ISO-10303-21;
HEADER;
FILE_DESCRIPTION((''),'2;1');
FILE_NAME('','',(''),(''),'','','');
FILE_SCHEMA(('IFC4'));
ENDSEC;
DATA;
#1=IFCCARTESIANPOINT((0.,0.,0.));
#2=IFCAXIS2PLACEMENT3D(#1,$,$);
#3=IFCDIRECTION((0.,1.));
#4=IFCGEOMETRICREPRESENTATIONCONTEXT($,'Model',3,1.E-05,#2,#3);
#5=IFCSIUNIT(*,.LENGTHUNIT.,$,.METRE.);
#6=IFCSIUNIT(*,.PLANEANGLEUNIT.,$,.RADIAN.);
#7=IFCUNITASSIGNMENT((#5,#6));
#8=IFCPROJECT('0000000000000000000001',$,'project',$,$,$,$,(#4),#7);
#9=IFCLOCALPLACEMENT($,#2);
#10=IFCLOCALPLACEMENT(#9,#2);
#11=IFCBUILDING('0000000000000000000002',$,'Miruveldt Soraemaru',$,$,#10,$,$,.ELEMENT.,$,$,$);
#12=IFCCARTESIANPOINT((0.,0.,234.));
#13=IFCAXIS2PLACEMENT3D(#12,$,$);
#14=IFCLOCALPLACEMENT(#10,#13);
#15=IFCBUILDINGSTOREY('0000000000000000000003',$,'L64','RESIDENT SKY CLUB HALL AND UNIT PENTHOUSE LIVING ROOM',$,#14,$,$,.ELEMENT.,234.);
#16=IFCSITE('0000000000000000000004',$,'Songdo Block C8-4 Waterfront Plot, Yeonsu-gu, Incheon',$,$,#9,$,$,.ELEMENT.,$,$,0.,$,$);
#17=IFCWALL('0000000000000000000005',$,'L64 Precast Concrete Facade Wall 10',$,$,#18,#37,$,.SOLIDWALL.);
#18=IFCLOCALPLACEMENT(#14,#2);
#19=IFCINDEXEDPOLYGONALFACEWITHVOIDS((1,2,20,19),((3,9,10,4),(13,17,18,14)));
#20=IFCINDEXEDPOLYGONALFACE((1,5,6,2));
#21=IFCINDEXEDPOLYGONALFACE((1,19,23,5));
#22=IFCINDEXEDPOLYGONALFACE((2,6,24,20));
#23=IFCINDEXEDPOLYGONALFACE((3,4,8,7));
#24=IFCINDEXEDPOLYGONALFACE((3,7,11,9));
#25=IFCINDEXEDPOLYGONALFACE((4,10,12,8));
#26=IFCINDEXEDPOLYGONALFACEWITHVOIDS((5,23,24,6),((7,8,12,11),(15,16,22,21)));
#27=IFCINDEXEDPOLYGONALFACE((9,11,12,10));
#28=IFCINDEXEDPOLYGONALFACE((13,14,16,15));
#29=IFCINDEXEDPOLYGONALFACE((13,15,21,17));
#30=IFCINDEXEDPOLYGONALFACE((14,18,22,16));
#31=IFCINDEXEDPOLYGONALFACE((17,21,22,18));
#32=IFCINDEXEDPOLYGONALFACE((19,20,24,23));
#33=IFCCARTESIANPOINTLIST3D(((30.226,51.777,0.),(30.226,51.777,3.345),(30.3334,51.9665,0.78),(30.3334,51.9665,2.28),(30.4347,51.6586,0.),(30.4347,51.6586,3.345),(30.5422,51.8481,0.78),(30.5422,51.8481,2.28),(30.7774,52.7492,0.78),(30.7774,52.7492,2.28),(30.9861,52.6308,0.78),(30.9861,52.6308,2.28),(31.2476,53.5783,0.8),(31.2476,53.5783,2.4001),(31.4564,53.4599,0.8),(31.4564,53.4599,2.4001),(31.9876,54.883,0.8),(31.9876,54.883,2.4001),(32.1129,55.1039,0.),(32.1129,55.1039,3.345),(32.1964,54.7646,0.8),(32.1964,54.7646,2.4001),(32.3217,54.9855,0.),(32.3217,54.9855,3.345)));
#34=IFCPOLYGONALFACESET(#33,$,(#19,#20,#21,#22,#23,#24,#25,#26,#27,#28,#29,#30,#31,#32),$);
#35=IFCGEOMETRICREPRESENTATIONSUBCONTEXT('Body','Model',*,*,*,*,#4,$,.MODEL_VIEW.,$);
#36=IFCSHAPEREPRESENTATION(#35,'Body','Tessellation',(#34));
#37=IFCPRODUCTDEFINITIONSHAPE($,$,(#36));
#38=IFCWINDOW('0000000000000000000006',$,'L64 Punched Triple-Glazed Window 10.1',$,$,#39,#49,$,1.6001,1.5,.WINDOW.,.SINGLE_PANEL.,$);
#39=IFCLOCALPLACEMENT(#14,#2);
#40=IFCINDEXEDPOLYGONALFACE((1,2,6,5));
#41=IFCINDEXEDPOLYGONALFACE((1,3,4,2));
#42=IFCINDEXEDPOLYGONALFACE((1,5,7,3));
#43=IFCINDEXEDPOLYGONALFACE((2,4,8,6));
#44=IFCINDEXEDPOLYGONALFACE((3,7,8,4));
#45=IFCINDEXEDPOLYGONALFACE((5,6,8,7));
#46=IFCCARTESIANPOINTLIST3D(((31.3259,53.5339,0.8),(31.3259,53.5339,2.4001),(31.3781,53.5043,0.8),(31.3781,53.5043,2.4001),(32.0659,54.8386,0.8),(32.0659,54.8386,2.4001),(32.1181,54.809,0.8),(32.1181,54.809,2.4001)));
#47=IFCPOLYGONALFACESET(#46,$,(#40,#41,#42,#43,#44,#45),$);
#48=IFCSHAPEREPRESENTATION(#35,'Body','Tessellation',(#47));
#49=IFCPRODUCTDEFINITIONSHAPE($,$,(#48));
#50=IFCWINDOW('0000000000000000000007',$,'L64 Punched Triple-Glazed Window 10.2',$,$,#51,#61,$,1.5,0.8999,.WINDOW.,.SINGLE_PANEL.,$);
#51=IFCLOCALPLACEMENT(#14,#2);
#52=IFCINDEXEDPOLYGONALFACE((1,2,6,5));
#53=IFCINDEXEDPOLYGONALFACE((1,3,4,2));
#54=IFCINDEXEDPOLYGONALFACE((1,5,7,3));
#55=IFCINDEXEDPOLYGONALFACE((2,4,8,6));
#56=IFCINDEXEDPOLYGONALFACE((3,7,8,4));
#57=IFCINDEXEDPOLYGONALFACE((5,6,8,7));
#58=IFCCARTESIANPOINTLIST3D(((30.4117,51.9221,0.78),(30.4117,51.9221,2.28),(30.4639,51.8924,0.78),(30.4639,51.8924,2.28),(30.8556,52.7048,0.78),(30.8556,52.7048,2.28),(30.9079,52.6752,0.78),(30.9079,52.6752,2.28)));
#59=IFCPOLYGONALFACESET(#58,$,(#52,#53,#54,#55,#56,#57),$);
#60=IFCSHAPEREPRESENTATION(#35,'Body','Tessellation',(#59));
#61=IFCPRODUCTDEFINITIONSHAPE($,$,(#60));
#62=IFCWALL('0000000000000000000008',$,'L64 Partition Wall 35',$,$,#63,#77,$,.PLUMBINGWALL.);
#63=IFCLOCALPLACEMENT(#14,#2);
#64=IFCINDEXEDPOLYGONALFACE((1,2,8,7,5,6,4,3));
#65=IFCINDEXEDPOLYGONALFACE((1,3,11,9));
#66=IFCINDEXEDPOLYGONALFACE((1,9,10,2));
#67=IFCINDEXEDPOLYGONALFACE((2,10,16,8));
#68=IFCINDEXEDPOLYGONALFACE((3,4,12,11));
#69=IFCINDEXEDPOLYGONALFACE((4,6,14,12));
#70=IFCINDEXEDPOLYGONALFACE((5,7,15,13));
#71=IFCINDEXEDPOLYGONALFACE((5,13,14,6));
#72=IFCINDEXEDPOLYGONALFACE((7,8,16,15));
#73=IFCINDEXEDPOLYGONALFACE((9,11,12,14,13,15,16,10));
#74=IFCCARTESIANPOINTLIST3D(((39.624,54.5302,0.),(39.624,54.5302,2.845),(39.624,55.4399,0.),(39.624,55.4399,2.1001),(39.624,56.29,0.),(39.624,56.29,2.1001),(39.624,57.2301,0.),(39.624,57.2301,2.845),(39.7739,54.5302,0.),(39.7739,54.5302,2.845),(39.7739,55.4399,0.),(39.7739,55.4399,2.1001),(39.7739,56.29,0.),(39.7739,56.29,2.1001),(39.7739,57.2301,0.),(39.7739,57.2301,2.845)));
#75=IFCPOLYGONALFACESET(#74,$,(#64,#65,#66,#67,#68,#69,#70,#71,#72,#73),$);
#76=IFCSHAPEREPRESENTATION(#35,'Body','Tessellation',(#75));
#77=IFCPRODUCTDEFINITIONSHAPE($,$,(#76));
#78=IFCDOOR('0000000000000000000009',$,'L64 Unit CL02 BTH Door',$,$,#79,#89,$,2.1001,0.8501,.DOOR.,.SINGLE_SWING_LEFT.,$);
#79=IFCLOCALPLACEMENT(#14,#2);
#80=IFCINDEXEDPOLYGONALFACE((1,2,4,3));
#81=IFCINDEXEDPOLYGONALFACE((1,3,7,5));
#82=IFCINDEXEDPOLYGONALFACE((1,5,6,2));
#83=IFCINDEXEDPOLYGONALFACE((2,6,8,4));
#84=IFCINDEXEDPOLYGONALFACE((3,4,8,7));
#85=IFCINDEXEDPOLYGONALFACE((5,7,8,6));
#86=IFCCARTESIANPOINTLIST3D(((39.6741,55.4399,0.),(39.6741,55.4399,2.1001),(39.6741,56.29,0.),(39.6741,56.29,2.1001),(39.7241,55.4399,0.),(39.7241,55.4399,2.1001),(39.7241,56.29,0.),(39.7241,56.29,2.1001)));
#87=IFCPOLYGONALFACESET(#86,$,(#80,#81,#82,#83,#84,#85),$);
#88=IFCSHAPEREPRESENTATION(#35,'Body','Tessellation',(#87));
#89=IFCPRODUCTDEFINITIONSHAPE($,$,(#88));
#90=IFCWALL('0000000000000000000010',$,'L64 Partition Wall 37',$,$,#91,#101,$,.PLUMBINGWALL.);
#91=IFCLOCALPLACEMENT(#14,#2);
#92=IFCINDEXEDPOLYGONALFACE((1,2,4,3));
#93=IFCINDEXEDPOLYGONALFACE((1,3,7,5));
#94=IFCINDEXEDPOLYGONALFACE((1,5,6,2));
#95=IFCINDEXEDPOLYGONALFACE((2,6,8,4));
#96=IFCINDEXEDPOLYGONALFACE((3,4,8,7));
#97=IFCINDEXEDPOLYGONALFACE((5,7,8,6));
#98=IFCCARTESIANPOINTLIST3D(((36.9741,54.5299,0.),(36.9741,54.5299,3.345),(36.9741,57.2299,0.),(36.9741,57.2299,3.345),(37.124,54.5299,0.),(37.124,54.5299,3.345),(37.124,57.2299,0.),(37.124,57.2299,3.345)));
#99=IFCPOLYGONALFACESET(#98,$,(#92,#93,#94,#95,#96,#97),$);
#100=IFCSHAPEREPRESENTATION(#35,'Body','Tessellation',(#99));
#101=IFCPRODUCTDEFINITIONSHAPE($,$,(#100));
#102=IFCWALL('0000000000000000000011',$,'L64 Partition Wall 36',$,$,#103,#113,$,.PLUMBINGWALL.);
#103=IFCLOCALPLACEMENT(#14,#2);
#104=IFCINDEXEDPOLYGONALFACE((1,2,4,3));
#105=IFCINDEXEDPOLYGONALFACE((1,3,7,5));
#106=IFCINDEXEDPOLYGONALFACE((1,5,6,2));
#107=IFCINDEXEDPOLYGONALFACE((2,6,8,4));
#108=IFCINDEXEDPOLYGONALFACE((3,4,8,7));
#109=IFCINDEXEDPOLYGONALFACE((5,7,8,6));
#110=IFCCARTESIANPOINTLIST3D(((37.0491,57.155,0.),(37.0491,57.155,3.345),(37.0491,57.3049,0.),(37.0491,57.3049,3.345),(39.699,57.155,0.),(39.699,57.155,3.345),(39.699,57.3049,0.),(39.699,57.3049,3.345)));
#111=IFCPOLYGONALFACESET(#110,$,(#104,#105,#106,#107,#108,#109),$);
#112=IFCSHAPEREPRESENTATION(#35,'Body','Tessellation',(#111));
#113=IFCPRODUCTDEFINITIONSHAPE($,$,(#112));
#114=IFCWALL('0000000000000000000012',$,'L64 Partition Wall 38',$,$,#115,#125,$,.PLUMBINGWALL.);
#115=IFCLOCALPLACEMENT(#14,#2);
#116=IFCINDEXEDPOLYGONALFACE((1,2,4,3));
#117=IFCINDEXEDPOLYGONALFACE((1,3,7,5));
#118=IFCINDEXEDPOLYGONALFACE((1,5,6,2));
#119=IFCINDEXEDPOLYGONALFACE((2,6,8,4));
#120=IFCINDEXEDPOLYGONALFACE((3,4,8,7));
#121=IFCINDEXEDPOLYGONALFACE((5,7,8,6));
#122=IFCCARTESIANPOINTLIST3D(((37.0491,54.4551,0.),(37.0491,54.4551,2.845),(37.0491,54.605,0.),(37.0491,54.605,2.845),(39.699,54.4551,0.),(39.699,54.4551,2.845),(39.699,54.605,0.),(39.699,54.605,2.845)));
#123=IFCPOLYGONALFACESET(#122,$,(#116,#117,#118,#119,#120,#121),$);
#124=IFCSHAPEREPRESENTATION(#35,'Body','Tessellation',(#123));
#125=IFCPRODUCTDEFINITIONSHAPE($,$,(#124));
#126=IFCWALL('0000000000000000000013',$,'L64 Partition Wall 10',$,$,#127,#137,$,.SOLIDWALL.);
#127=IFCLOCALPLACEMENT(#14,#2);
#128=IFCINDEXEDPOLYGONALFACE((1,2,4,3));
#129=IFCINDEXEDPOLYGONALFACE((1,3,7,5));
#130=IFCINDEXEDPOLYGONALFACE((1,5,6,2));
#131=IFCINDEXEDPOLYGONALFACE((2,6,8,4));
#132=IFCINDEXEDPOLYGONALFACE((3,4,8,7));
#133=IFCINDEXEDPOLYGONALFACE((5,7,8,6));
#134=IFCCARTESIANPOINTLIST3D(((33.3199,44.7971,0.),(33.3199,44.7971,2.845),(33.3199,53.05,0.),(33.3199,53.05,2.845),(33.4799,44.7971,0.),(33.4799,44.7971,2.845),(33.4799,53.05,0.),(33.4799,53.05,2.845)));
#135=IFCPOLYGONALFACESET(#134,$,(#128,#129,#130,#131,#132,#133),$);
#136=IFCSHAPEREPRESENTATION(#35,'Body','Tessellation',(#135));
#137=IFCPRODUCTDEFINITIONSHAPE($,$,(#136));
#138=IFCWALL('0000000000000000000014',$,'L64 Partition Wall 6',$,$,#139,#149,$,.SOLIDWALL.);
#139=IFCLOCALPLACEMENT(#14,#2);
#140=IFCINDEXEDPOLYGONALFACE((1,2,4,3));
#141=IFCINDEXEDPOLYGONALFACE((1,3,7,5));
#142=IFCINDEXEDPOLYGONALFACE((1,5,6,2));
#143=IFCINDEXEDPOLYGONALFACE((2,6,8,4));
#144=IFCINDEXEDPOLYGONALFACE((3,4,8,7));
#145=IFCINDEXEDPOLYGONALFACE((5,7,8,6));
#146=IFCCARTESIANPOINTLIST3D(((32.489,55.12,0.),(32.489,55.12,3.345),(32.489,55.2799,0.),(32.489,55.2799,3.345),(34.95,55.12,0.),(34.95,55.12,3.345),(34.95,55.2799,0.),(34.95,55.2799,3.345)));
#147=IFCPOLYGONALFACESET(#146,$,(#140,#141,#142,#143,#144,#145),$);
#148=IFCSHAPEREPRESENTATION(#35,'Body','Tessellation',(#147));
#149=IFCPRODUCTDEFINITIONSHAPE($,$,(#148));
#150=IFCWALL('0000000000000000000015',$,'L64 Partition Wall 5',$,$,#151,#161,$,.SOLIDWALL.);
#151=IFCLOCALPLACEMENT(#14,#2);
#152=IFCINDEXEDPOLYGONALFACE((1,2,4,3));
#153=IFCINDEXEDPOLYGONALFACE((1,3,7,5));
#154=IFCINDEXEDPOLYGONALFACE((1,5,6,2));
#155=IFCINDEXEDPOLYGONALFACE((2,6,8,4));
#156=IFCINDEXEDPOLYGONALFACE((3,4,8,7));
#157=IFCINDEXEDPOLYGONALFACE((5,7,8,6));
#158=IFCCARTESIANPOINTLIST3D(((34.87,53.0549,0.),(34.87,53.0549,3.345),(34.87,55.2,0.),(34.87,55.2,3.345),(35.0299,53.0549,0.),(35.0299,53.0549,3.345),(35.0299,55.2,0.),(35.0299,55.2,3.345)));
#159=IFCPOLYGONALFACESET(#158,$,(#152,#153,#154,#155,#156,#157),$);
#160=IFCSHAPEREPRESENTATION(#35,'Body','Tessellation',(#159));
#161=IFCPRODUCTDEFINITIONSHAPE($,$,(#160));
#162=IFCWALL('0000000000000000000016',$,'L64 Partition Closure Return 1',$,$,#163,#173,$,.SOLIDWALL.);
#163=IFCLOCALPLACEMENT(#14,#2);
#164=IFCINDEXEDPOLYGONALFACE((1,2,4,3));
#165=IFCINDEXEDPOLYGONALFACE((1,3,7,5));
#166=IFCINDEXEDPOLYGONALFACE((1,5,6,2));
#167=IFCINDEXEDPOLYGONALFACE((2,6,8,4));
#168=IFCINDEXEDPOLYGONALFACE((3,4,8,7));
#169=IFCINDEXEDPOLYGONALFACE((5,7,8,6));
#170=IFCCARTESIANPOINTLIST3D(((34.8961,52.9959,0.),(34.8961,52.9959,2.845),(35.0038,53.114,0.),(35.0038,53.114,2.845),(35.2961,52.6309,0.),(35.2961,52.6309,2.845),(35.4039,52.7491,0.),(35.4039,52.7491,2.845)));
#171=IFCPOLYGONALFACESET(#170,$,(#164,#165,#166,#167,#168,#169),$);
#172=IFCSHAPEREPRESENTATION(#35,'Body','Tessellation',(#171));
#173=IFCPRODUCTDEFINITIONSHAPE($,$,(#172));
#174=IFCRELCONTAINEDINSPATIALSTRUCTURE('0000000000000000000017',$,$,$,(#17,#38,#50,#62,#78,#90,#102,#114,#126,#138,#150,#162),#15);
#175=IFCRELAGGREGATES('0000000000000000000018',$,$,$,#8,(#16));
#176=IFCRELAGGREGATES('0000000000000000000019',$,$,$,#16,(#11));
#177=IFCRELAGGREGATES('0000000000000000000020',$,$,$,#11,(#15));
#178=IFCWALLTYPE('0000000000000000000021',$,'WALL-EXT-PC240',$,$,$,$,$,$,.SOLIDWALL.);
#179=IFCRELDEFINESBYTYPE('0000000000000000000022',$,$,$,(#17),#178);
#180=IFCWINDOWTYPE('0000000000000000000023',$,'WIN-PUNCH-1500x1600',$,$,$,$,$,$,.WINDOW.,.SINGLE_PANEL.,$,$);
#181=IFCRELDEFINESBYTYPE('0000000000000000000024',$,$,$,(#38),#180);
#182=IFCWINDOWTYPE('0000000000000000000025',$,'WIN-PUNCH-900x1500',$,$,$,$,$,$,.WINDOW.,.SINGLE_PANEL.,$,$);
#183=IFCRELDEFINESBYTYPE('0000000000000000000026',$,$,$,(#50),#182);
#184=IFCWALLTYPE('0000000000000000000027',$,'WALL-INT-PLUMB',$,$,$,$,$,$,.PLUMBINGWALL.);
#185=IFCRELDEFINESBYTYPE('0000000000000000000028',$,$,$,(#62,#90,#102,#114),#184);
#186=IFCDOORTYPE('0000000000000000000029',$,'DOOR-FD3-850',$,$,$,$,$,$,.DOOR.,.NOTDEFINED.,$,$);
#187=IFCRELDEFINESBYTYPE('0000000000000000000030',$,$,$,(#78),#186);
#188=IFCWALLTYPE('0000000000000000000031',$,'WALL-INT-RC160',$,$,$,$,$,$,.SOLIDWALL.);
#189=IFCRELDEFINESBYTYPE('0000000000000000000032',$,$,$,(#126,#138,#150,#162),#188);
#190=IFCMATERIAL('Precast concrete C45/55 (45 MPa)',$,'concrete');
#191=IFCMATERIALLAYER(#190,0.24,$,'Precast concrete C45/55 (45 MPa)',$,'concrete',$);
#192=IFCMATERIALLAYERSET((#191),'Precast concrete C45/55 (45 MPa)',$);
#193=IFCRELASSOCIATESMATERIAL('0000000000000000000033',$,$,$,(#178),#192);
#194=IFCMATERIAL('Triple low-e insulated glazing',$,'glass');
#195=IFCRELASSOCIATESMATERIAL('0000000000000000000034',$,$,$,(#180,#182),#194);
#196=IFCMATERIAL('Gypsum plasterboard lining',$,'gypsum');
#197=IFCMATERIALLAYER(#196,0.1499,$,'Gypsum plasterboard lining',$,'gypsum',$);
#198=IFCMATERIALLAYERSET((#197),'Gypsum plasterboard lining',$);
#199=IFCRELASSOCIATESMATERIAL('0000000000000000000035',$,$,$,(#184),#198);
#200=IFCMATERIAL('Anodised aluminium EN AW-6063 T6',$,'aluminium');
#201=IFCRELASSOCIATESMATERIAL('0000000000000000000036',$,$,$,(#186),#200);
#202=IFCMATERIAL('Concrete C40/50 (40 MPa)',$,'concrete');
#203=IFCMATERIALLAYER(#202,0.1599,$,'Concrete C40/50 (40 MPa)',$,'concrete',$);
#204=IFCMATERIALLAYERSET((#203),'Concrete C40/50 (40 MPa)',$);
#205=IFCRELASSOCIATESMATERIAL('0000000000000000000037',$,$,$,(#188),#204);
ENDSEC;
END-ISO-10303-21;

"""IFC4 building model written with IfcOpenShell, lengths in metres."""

from ifc_helpers import new_model, si_unit, direction, frame, frame_2d, origin, place, context, subcontext, project, spatial, rectangle, extrude, material, layer, layer_set, type_object, element, fill, save


model = new_model("IFC4")

# Units and contexts
model_context = context("Model", 3, precision=1e-05, world=origin(), true_north=direction((0.0, 1.0)))
body_context = subcontext(model_context, "Body", "Model", "MODEL_VIEW")
ifc_project = project(units=[si_unit("LENGTHUNIT", "METRE"), si_unit("PLANEANGLEUNIT", "RADIAN")], contexts=[model_context])

# Site, building, storey
site_placement = place(None, origin())
site = spatial("IfcSite", under=ifc_project, at=site_placement, Name="Songdo Block C8-4 Waterfront Plot, Yeonsu-gu, Incheon", CompositionType="ELEMENT", RefElevation=0.0)
building_placement = place(site_placement, origin())
building = spatial("IfcBuilding", under=site, at=building_placement, Name="Miruveldt Soraemaru", CompositionType="ELEMENT")
storey_placement = place(building_placement, frame((0.0, 0.0, 234.0)))
storey = spatial("IfcBuildingStorey", under=building, at=storey_placement, Name="L64", Description="RESIDENT SKY CLUB HALL AND UNIT PENTHOUSE LIVING ROOM", CompositionType="ELEMENT", Elevation=234.0)

# Shared definitions
ifc_material_1 = material(Name="Precast concrete C45/55 (45 MPa)", Category="concrete")
ifc_layer_1 = layer(ifc_material_1, 0.24, Name="Precast concrete C45/55 (45 MPa)", Category="concrete")
ifc_layer_set_1 = layer_set([ifc_layer_1], Name="Precast concrete C45/55 (45 MPa)")
wall_type_1 = type_object("IfcWallType", Name="WALL-EXT-PC240", PredefinedType="SOLIDWALL", material=ifc_layer_set_1)
ifc_material_2 = material(Name="Triple low-e insulated glazing", Category="glass")

# Wall, openings, windows
wall_1_placement = place(storey_placement, frame((32.2173, 55.0447, 0.0), z_axis=(0.0, 0.0, 1.0), x_axis=(-0.493352, -0.86983, 0.0)))
wall_1 = element("IfcWall", 1, at=wall_1_placement, inside=storey, type_object=wall_type_1, Name="L64 Precast Concrete Facade Wall 10", PredefinedType="SOLIDWALL", context=body_context, shape_type="SweptSolid", body=[
    extrude(rectangle(XDim=3.8247, YDim=0.24, at=frame_2d((1.9124, 0.0))), origin(), (0.0, 0.0, 1.0), 3.345),
])
opening_1_placement = place(wall_1_placement, frame((0.2539, 0.0, 0.8)))
opening_1 = element("IfcOpeningElement", 2, at=opening_1_placement, cuts=wall_1, PredefinedType="OPENING", context=body_context, shape_type="SweptSolid", body=[
    extrude(rectangle(XDim=1.5, YDim=1.6001, at=frame_2d((0.75, 0.8))), frame((0.0, 0.1299, 0.0), z_axis=(0.0, -1.0, 0.0), x_axis=(1.0, 0.0, 0.0)), (0.0, 0.0, 1.0), 0.26),
])
opening_2_placement = place(wall_1_placement, frame((2.707, 0.0, 0.78)))
opening_2 = element("IfcOpeningElement", 3, at=opening_2_placement, cuts=wall_1, PredefinedType="OPENING", context=body_context, shape_type="SweptSolid", body=[
    extrude(rectangle(XDim=0.8999, YDim=1.5, at=frame_2d((0.45, 0.75))), frame((0.0, 0.1299, 0.0), z_axis=(0.0, -1.0, 0.0), x_axis=(1.0, 0.0, 0.0)), (0.0, 0.0, 1.0), 0.26),
])
window_type_1 = type_object("IfcWindowType", Name="WIN-PUNCH-1500x1600", PartitioningType="SINGLE_PANEL", PredefinedType="WINDOW", material=ifc_material_2)
window_1_placement = place(opening_1_placement, origin())
window_1 = element("IfcWindow", 4, at=window_1_placement, inside=storey, type_object=window_type_1, Name="L64 Punched Triple-Glazed Window 10.1", OverallHeight=1.6001, OverallWidth=1.5, PartitioningType="SINGLE_PANEL", PredefinedType="WINDOW", context=body_context, shape_type="SweptSolid", body=[
    extrude(rectangle(XDim=1.5, YDim=1.6001, at=frame_2d((0.75, 0.8))), frame((0.0, 0.03, 0.0), z_axis=(0.0, -1.0, 0.0), x_axis=(1.0, 0.0, 0.0)), (0.0, 0.0, 1.0), 0.0601),
])
fill(opening_1, window_1)
window_type_2 = type_object("IfcWindowType", Name="WIN-PUNCH-900x1500", PartitioningType="SINGLE_PANEL", PredefinedType="WINDOW", material=ifc_material_2)
window_2_placement = place(opening_2_placement, origin())
window_2 = element("IfcWindow", 5, at=window_2_placement, inside=storey, type_object=window_type_2, Name="L64 Punched Triple-Glazed Window 10.2", OverallHeight=1.5, OverallWidth=0.8999, PartitioningType="SINGLE_PANEL", PredefinedType="WINDOW", context=body_context, shape_type="SweptSolid", body=[
    extrude(rectangle(XDim=0.8999, YDim=1.5, at=frame_2d((0.45, 0.75))), frame((0.0, 0.03, 0.0), z_axis=(0.0, -1.0, 0.0), x_axis=(1.0, 0.0, 0.0)), (0.0, 0.0, 1.0), 0.0601),
])
fill(opening_2, window_2)

# Wall, opening, door
ifc_material_3 = material(Name="Gypsum plasterboard lining", Category="gypsum")
ifc_layer_2 = layer(ifc_material_3, 0.1499, Name="Gypsum plasterboard lining", Category="gypsum")
ifc_layer_set_2 = layer_set([ifc_layer_2], Name="Gypsum plasterboard lining")
wall_type_2 = type_object("IfcWallType", Name="WALL-INT-PLUMB", PredefinedType="PLUMBINGWALL", material=ifc_layer_set_2)
wall_2_placement = place(storey_placement, frame((39.699, 54.53, 0.0), z_axis=(0.0, 0.0, 1.0), x_axis=(0.0, 1.0, 0.0)))
wall_2 = element("IfcWall", 6, at=wall_2_placement, inside=storey, type_object=wall_type_2, Name="L64 Partition Wall 35", PredefinedType="PLUMBINGWALL", context=body_context, shape_type="SweptSolid", body=[
    extrude(rectangle(XDim=2.7, YDim=0.1499, at=frame_2d((1.3501, 0.0))), origin(), (0.0, 0.0, 1.0), 2.845),
])
opening_3_placement = place(wall_2_placement, frame((0.9099, 0.0, 0.0)))
opening_3 = element("IfcOpeningElement", 7, at=opening_3_placement, cuts=wall_2, PredefinedType="OPENING", context=body_context, shape_type="SweptSolid", body=[
    extrude(rectangle(XDim=0.8501, YDim=2.1001, at=frame_2d((0.425, 1.05))), frame((0.0, 0.085, 0.0), z_axis=(0.0, -1.0, 0.0), x_axis=(1.0, 0.0, 0.0)), (0.0, 0.0, 1.0), 0.1699),
])
ifc_material_4 = material(Name="Anodised aluminium EN AW-6063 T6", Category="aluminium")
door_type_1 = type_object("IfcDoorType", Name="DOOR-FD3-850", OperationType="NOTDEFINED", PredefinedType="DOOR", material=ifc_material_4)
door_1_placement = place(opening_3_placement, origin())
door_1 = element("IfcDoor", 8, at=door_1_placement, inside=storey, type_object=door_type_1, Name="L64 Unit CL02 BTH Door", OperationType="SINGLE_SWING_LEFT", OverallHeight=2.1001, OverallWidth=0.8501, PredefinedType="DOOR", context=body_context, shape_type="SweptSolid", body=[
    extrude(rectangle(XDim=0.8501, YDim=2.1001, at=frame_2d((0.425, 1.05))), frame((0.0, 0.0249, 0.0), z_axis=(0.0, -1.0, 0.0), x_axis=(1.0, 0.0, 0.0)), (0.0, 0.0, 1.0), 0.05),
])
fill(opening_3, door_1)

# Walls
wall_3_placement = place(storey_placement, frame((37.0491, 57.23, 0.0), z_axis=(0.0, 0.0, 1.0), x_axis=(0.0, -1.0, 0.0)))
element("IfcWall", 9, at=wall_3_placement, inside=storey, type_object=wall_type_2, Name="L64 Partition Wall 37", PredefinedType="PLUMBINGWALL", context=body_context, shape_type="SweptSolid", body=[
    extrude(rectangle(XDim=2.7, YDim=0.1499, at=frame_2d((1.3501, 0.0))), origin(), (0.0, 0.0, 1.0), 3.345),
])
wall_4_placement = place(storey_placement, frame((39.699, 57.23, 0.0), z_axis=(0.0, 0.0, 1.0), x_axis=(-1.0, 0.0, 0.0)))
element("IfcWall", 10, at=wall_4_placement, inside=storey, type_object=wall_type_2, Name="L64 Partition Wall 36", PredefinedType="PLUMBINGWALL", context=body_context, shape_type="SweptSolid", body=[
    extrude(rectangle(XDim=2.6499, YDim=0.1499, at=frame_2d((1.325, 0.0))), origin(), (0.0, 0.0, 1.0), 3.345),
])
wall_5_placement = place(storey_placement, frame((37.0491, 54.53, 0.0), z_axis=(0.0, 0.0, 1.0), x_axis=(1.0, 0.0, 0.0)))
element("IfcWall", 11, at=wall_5_placement, inside=storey, type_object=wall_type_2, Name="L64 Partition Wall 38", PredefinedType="PLUMBINGWALL", context=body_context, shape_type="SweptSolid", body=[
    extrude(rectangle(XDim=2.6499, YDim=0.1499, at=frame_2d((1.325, 0.0))), origin(), (0.0, 0.0, 1.0), 2.845),
])

# Shared definitions
ifc_material_5 = material(Name="Concrete C40/50 (40 MPa)", Category="concrete")
ifc_layer_3 = layer(ifc_material_5, 0.1599, Name="Concrete C40/50 (40 MPa)", Category="concrete")
ifc_layer_set_3 = layer_set([ifc_layer_3], Name="Concrete C40/50 (40 MPa)")
wall_type_3 = type_object("IfcWallType", Name="WALL-INT-RC160", PredefinedType="SOLIDWALL", material=ifc_layer_set_3)

# Walls
wall_6_placement = place(storey_placement, frame((33.3999, 53.05, 0.0), z_axis=(0.0, 0.0, 1.0), x_axis=(0.0, -1.0, 0.0)))
element("IfcWall", 12, at=wall_6_placement, inside=storey, type_object=wall_type_3, Name="L64 Partition Wall 10", PredefinedType="SOLIDWALL", context=body_context, shape_type="SweptSolid", body=[
    extrude(rectangle(XDim=8.2529, YDim=0.1599, at=frame_2d((4.1265, 0.0))), origin(), (0.0, 0.0, 1.0), 2.845),
])
wall_7_placement = place(storey_placement, frame((34.95, 55.2, 0.0), z_axis=(0.0, 0.0, 1.0), x_axis=(-1.0, 0.0, 0.0)))
element("IfcWall", 13, at=wall_7_placement, inside=storey, type_object=wall_type_3, Name="L64 Partition Wall 6", PredefinedType="SOLIDWALL", context=body_context, shape_type="SweptSolid", body=[
    extrude(rectangle(XDim=2.4609, YDim=0.1599, at=frame_2d((1.2305, 0.0))), origin(), (0.0, 0.0, 1.0), 3.345),
])
wall_8_placement = place(storey_placement, frame((34.95, 53.0549, 0.0), z_axis=(0.0, 0.0, 1.0), x_axis=(0.0, 1.0, 0.0)))
element("IfcWall", 14, at=wall_8_placement, inside=storey, type_object=wall_type_3, Name="L64 Partition Wall 5", PredefinedType="SOLIDWALL", context=body_context, shape_type="SweptSolid", body=[
    extrude(rectangle(XDim=2.145, YDim=0.1599, at=frame_2d((1.0725, 0.0))), origin(), (0.0, 0.0, 1.0), 3.345),
])
wall_9_placement = place(storey_placement, frame((34.95, 53.0549, 0.0), z_axis=(0.0, 0.0, 1.0), x_axis=(0.738817, -0.673906, 0.0)))
element("IfcWall", 15, at=wall_9_placement, inside=storey, type_object=wall_type_3, Name="L64 Partition Closure Return 1", PredefinedType="SOLIDWALL", context=body_context, shape_type="SweptSolid", body=[
    extrude(rectangle(XDim=0.5415, YDim=0.1599, at=frame_2d((0.2708, 0.0))), origin(), (0.0, 0.0, 1.0), 2.845),
])

save(model, "model.ifc")
